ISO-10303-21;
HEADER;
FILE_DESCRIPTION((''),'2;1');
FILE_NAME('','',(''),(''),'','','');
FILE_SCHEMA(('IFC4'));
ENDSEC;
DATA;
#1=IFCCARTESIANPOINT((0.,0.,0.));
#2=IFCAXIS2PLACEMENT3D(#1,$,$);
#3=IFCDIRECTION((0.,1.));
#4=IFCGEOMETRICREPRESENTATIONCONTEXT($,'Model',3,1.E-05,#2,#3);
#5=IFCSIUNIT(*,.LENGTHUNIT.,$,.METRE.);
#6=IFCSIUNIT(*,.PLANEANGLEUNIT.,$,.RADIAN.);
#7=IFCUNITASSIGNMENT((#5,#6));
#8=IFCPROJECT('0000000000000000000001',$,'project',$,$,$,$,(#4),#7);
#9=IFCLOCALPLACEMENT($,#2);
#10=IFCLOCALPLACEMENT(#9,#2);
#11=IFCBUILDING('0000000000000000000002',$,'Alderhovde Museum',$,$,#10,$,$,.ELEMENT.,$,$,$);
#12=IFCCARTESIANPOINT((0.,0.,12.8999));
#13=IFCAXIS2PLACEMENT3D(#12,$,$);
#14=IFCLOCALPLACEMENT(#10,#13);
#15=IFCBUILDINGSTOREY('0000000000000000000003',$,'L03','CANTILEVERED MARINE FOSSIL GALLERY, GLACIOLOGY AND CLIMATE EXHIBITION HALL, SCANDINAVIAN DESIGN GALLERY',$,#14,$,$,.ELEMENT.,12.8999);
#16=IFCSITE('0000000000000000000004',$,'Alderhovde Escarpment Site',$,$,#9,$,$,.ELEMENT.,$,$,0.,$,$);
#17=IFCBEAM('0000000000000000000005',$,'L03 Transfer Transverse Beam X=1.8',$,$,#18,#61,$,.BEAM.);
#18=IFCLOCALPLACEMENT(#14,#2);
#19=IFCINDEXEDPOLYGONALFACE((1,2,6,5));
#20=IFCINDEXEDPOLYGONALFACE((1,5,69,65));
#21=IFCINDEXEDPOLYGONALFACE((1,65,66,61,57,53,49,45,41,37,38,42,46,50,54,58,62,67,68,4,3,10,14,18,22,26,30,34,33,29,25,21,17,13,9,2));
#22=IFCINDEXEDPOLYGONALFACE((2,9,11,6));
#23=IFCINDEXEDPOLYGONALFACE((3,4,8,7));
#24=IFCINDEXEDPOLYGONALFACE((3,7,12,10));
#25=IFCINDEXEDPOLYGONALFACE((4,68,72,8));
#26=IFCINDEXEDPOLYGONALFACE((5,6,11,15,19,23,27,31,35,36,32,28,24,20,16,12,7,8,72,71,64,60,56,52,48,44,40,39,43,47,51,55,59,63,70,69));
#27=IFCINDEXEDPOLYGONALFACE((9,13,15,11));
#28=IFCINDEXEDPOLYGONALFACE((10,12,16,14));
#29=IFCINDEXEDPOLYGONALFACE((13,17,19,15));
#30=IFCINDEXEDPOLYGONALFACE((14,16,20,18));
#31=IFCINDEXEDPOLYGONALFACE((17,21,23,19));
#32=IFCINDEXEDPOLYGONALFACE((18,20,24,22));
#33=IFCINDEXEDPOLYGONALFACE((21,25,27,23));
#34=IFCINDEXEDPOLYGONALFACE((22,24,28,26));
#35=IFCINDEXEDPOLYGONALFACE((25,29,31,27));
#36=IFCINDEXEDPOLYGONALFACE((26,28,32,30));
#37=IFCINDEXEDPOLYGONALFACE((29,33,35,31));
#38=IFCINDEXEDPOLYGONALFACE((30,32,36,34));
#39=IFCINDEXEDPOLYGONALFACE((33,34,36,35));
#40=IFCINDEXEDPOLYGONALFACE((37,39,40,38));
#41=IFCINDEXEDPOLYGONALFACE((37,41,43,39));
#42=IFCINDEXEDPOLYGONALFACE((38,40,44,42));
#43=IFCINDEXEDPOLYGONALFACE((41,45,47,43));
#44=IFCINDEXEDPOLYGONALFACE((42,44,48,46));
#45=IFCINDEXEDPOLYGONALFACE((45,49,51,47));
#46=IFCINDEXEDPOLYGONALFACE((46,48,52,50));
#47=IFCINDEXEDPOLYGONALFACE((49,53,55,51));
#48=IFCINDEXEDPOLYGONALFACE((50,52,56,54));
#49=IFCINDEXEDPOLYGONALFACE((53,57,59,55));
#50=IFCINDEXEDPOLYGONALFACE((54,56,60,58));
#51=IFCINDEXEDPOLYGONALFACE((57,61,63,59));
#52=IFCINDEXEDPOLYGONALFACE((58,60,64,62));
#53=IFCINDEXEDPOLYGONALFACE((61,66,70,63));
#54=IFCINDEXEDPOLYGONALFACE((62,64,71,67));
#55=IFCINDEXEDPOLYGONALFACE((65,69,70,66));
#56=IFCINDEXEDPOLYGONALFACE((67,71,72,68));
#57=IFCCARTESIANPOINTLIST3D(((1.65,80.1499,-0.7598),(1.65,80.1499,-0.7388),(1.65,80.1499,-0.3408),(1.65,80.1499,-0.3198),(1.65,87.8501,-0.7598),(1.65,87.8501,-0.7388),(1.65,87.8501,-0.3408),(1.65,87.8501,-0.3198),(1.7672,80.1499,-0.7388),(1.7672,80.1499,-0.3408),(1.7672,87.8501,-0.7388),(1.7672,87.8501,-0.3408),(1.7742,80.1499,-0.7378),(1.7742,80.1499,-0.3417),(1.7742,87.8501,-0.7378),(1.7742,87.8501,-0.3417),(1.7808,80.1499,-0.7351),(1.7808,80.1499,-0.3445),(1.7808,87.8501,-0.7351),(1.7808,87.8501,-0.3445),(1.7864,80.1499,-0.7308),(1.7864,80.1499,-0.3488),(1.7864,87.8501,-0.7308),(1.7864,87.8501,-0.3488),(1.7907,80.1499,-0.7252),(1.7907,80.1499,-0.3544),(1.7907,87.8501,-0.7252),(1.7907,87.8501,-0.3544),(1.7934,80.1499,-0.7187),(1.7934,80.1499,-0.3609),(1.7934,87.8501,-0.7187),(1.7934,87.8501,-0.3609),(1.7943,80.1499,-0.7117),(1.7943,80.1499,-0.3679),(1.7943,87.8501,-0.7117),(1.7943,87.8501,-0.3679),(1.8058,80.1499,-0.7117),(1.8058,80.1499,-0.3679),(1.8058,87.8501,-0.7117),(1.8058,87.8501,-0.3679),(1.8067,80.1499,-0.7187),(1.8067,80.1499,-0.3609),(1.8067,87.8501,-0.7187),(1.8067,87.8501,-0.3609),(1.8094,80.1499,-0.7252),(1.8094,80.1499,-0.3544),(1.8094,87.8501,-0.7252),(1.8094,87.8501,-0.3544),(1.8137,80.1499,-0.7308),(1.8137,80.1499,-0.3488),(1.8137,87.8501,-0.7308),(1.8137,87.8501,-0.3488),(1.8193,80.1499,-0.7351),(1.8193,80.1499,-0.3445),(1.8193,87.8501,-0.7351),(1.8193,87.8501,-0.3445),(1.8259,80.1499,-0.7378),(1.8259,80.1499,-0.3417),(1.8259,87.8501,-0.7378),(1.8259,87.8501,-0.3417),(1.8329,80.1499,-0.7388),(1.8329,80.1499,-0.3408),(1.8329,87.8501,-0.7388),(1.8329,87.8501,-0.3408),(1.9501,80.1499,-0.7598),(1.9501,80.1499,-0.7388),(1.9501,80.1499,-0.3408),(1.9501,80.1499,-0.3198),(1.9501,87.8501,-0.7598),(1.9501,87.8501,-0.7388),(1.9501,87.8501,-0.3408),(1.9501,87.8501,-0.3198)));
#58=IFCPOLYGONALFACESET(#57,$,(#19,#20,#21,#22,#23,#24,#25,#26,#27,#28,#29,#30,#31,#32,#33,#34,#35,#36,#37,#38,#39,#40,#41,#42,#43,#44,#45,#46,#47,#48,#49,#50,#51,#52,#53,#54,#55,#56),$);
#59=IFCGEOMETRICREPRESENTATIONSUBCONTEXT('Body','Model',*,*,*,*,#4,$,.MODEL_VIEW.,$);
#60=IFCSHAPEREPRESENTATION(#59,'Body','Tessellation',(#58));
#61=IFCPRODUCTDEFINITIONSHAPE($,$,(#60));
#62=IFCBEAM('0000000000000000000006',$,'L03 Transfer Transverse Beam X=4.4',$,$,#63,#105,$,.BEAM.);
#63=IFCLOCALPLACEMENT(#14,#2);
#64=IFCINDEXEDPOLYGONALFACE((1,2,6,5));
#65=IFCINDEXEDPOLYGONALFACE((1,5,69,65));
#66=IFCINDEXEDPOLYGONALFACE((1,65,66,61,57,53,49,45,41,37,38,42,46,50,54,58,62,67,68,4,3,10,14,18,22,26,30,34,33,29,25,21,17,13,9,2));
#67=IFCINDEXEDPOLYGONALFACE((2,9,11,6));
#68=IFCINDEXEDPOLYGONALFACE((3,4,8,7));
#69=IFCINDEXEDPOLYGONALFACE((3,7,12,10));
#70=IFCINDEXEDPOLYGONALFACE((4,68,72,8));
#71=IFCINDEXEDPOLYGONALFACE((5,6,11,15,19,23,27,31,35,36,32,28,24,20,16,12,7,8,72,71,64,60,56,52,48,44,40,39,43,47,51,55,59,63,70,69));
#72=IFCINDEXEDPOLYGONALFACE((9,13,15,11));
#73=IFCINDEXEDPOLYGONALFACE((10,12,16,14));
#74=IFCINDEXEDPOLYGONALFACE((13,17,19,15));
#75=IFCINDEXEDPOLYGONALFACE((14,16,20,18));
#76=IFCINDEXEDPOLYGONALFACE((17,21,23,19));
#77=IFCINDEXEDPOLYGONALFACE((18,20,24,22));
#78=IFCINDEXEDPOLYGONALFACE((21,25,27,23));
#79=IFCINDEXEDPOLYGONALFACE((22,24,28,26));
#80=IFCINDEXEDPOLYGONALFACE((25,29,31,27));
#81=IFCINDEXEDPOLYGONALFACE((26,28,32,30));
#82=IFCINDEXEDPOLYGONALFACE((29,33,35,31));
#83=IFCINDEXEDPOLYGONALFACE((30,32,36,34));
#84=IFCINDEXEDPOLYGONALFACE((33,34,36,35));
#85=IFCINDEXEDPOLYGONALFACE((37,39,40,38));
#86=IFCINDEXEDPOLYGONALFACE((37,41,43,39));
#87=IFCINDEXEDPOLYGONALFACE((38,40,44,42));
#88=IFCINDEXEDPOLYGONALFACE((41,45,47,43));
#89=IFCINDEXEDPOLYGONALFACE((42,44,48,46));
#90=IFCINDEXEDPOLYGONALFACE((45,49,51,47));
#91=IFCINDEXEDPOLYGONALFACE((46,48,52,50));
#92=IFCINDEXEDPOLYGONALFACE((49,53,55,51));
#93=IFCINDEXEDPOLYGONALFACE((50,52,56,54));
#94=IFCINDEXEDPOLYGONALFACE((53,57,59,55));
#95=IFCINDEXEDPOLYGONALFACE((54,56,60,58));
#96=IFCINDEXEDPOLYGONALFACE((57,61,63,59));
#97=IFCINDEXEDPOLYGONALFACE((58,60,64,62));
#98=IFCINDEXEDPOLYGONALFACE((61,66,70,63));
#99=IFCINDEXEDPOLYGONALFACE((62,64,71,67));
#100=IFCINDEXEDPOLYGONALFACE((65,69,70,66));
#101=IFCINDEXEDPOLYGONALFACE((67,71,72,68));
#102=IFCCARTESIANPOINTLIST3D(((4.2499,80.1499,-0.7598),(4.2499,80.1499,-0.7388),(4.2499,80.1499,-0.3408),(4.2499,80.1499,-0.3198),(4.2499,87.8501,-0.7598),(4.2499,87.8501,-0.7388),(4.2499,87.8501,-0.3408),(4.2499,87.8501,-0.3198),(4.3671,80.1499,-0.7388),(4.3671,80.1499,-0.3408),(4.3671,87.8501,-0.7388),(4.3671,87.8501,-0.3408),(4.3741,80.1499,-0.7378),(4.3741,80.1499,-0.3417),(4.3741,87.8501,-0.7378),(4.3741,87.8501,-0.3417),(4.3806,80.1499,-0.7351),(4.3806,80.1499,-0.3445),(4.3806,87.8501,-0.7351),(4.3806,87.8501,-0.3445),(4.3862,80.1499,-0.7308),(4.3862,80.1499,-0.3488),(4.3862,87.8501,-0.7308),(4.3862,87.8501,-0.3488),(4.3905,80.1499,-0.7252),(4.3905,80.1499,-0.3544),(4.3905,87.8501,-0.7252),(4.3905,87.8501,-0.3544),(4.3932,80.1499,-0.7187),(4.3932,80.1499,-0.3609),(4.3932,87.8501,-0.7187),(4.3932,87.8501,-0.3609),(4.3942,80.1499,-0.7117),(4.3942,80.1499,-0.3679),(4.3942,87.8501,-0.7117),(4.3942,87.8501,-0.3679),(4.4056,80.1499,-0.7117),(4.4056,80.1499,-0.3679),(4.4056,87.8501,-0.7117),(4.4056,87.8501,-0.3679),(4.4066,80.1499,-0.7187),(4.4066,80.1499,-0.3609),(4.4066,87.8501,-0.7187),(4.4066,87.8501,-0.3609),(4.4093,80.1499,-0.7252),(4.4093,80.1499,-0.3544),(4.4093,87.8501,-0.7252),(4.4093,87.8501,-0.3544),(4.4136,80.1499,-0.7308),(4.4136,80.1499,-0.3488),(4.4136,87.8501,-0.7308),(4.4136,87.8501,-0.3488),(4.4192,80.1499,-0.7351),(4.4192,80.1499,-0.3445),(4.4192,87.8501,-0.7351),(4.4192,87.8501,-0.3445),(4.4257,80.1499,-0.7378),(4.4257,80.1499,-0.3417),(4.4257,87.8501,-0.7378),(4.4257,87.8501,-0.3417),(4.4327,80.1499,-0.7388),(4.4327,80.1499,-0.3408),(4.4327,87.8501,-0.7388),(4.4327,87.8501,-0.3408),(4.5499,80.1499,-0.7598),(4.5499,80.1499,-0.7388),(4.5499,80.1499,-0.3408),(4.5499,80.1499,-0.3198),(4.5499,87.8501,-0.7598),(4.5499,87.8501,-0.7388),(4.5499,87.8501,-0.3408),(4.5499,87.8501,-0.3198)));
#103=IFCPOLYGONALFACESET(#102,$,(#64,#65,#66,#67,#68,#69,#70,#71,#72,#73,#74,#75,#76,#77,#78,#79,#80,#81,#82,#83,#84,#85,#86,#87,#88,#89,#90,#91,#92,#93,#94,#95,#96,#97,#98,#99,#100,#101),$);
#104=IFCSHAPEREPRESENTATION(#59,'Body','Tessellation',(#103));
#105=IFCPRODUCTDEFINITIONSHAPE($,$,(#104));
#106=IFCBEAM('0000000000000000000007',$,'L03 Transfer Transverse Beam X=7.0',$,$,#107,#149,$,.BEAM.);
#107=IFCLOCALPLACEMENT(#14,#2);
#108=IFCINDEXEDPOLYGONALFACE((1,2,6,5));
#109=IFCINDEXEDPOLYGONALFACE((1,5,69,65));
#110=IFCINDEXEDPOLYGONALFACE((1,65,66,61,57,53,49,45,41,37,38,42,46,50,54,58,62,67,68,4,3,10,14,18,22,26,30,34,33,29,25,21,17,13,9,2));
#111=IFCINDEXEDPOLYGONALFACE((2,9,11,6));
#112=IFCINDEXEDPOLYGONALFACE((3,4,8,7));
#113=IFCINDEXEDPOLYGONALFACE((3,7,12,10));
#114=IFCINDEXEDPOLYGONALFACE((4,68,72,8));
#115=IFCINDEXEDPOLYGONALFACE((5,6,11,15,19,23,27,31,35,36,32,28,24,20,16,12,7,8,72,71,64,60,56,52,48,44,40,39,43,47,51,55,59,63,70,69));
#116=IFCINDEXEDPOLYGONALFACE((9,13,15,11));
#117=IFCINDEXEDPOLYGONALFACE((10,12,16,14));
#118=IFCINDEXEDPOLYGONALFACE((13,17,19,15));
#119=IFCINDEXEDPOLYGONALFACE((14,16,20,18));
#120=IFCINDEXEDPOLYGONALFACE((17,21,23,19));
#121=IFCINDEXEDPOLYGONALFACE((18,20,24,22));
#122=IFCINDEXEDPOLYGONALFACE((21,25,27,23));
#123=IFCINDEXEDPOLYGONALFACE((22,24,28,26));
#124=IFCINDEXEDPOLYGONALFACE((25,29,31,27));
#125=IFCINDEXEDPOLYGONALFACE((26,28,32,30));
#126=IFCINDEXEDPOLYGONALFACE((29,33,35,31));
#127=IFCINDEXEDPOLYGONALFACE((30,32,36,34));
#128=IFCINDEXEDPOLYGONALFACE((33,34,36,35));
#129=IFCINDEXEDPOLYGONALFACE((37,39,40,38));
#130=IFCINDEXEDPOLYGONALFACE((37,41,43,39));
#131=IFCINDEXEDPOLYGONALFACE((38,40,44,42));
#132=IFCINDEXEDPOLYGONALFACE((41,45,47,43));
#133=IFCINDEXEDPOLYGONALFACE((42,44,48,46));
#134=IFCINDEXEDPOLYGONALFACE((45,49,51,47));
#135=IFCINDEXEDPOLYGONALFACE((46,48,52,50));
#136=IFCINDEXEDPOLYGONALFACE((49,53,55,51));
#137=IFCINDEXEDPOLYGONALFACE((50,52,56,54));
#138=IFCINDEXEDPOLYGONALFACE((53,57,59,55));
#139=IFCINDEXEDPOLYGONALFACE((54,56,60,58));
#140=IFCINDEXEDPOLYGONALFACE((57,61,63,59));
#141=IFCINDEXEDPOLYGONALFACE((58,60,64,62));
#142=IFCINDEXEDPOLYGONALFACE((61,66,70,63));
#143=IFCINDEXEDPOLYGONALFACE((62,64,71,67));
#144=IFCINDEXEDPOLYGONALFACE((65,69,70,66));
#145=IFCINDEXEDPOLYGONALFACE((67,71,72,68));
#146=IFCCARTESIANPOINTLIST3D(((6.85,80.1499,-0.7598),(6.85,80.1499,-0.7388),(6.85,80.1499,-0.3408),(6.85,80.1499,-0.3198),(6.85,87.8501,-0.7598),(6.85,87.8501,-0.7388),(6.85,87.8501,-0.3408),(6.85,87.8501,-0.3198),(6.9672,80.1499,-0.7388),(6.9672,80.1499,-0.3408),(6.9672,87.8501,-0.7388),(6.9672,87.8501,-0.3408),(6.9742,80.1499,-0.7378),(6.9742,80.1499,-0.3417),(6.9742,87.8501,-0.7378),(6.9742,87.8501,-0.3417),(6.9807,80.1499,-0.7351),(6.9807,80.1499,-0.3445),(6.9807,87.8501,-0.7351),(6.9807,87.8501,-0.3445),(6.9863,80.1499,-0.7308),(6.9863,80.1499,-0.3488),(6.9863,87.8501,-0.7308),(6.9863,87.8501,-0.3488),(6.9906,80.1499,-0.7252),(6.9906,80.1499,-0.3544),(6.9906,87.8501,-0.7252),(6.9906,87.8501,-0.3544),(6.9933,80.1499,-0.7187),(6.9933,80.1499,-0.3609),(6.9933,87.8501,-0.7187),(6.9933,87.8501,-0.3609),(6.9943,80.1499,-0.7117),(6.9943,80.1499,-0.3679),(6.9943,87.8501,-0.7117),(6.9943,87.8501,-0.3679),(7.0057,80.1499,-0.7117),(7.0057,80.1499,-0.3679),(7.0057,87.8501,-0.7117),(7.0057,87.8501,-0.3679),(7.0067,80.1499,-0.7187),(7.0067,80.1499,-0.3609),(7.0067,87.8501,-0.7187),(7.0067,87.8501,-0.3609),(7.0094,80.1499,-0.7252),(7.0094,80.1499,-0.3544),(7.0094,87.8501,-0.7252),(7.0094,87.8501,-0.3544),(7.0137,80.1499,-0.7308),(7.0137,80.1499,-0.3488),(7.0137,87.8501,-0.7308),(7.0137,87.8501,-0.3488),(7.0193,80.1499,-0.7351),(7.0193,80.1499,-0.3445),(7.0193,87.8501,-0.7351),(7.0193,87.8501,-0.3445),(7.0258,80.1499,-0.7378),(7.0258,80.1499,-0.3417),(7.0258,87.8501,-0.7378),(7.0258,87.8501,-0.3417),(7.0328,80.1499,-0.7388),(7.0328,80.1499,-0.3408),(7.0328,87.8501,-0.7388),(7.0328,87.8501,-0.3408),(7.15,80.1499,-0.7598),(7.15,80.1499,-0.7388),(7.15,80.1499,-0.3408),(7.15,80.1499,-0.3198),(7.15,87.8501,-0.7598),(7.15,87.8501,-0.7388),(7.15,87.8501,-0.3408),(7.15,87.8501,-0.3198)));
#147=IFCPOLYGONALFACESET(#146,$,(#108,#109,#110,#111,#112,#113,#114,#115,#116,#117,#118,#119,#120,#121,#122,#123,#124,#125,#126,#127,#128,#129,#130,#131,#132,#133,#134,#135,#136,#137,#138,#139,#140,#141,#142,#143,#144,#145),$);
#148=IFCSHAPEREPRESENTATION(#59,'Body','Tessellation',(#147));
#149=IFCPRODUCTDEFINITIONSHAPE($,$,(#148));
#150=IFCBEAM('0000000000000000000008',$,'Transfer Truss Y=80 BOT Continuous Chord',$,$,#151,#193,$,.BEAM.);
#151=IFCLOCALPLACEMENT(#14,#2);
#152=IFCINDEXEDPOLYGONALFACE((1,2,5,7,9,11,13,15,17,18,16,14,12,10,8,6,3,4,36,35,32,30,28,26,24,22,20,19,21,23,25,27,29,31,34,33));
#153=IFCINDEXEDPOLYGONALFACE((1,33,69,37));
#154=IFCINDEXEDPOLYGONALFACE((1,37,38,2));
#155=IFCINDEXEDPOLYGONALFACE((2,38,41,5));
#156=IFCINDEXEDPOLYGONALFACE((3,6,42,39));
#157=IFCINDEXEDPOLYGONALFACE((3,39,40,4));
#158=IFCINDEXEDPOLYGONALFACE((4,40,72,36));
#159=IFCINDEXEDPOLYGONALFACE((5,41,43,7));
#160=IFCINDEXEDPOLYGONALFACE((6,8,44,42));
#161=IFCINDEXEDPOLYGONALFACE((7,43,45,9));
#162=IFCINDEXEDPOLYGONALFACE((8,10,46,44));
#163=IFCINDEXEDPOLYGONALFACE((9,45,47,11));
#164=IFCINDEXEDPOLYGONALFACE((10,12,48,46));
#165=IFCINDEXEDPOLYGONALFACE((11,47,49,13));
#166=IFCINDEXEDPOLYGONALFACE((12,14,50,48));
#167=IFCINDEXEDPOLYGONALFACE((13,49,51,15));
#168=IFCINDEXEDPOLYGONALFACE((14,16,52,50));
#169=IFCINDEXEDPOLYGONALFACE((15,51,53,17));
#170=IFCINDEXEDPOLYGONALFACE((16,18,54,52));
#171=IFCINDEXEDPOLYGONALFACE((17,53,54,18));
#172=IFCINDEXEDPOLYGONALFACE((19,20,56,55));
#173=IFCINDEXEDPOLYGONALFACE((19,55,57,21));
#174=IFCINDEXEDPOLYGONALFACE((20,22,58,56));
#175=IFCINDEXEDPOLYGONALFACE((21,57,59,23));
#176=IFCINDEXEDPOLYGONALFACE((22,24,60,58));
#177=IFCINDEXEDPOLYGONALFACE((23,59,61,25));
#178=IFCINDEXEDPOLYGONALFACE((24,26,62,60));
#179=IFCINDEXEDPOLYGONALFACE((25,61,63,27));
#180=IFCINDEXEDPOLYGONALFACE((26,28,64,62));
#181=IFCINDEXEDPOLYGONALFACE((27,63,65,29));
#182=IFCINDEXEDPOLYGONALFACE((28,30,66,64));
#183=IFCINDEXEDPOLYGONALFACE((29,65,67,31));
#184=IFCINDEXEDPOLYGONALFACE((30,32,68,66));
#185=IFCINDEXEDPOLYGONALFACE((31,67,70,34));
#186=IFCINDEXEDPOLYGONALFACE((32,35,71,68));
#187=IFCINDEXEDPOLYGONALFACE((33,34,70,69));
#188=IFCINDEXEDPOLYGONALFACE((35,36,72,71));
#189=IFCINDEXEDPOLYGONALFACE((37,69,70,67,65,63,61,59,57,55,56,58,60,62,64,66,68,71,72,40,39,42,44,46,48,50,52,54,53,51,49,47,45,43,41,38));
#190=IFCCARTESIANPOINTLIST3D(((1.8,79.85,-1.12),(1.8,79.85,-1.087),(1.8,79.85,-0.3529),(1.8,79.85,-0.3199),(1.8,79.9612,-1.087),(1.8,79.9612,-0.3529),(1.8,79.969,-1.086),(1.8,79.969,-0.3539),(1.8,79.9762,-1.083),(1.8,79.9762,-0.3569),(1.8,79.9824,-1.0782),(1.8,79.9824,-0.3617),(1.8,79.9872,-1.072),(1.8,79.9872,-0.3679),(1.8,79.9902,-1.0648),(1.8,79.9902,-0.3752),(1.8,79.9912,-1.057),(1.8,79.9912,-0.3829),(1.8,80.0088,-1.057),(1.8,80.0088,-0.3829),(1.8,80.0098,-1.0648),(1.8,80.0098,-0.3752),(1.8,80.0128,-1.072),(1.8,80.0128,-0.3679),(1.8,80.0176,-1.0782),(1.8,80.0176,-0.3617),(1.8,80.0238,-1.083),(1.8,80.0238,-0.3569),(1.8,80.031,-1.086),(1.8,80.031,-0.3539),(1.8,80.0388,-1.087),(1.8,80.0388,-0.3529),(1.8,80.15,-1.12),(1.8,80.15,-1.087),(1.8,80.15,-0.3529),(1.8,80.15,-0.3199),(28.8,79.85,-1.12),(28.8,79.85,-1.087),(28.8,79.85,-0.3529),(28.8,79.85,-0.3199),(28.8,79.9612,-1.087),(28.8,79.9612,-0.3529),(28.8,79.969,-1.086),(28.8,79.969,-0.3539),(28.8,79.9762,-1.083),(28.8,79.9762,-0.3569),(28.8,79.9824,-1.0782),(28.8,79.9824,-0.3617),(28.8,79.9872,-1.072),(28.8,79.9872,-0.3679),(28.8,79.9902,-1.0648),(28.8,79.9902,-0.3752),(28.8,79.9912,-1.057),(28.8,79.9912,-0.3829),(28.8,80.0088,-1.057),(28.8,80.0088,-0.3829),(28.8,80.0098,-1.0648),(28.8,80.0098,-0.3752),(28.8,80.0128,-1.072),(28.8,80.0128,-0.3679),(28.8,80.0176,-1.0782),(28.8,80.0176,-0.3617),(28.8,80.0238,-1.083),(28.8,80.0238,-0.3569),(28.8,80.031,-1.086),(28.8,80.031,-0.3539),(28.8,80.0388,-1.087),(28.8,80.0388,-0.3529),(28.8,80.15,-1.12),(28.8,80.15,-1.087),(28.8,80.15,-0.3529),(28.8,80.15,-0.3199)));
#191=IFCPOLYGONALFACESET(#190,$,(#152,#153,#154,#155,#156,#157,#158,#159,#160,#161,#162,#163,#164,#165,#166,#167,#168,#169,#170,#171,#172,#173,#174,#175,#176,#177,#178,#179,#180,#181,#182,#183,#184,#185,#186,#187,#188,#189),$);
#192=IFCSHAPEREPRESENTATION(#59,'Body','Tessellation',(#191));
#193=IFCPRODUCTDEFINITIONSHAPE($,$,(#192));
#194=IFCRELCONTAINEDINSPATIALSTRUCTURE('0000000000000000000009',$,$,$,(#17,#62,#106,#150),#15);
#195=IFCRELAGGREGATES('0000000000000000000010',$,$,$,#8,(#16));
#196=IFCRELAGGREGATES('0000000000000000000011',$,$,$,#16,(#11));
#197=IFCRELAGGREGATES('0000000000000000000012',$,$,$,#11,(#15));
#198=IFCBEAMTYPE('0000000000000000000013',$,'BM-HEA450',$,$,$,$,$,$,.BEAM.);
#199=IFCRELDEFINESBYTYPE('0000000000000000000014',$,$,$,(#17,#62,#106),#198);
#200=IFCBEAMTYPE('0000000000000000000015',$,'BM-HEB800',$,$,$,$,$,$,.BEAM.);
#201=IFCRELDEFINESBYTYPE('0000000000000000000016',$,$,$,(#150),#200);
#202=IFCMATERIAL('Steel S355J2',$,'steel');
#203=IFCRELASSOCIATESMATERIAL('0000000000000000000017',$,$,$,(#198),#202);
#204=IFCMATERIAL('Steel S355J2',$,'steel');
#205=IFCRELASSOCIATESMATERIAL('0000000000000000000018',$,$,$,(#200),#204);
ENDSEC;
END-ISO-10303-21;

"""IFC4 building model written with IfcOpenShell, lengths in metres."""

from ifc_helpers import new_model, si_unit, direction, frame, origin, origin_2d, place, context, subcontext, project, spatial, i_section, extrude, material, material_profile, profile_set, type_object, element, save


model = new_model("IFC4")

# Units and contexts
model_context = context("Model", 3, precision=1e-05, world=origin(), true_north=direction((0.0, 1.0)))
body_context = subcontext(model_context, "Body", "Model", "MODEL_VIEW")
ifc_project = project(units=[si_unit("LENGTHUNIT", "METRE"), si_unit("PLANEANGLEUNIT", "RADIAN")], contexts=[model_context])

# Site, building, storey
site_placement = place(None, origin())
site = spatial("IfcSite", under=ifc_project, at=site_placement, Name="Alderhovde Escarpment Site", CompositionType="ELEMENT", RefElevation=0.0)
building_placement = place(site_placement, origin())
building = spatial("IfcBuilding", under=site, at=building_placement, Name="Alderhovde Museum", CompositionType="ELEMENT")
storey_placement = place(building_placement, frame((0.0, 0.0, 12.8999)))
storey = spatial("IfcBuildingStorey", under=building, at=storey_placement, Name="L03", Description="CANTILEVERED MARINE FOSSIL GALLERY, GLACIOLOGY AND CLIMATE EXHIBITION HALL, SCANDINAVIAN DESIGN GALLERY", CompositionType="ELEMENT", Elevation=12.8999)

# Beams
ifc_material_1 = material(Name="Steel S355J2", Category="steel")
ifc_material_profile_1 = material_profile(ifc_material_1, i_section(OverallWidth=0.3, OverallDepth=0.4399, WebThickness=0.0115, FlangeThickness=0.021, FilletRadius=0.0271, at=origin_2d()), Name="HEA 450")
ifc_profile_set_1 = profile_set([ifc_material_profile_1], Name="Steel S355J2")
beam_type_1 = type_object("IfcBeamType", Name="BM-HEA450", PredefinedType="BEAM", material=ifc_profile_set_1)
for number, where, z_axis, x_axis, name in (
    (1, (1.8, 80.1499, -0.5398), (0.0, 1.0, 0.0), (-1.0, 0.0, 0.0), "L03 Transfer Transverse Beam X=1.8"),
    (2, (4.3999, 80.1499, -0.5398), (0.0, 1.0, 0.0), (-1.0, 0.0, 0.0), "L03 Transfer Transverse Beam X=4.4"),
    (3, (7.0, 80.1499, -0.5398), (0.0, 1.0, 0.0), (-1.0, 0.0, 0.0), "L03 Transfer Transverse Beam X=7.0"),
):
    element("IfcBeam", number, at=place(storey_placement, frame(where, z_axis=z_axis, x_axis=x_axis)), inside=storey, type_object=beam_type_1, Name=name, PredefinedType="BEAM", context=body_context, shape_type="SweptSolid", body=[
        extrude(i_section(OverallWidth=0.3, OverallDepth=0.4399, WebThickness=0.0115, FlangeThickness=0.021, FilletRadius=0.0271, at=origin_2d()), origin(), (0.0, 0.0, 1.0), 7.7002),
    ])
ifc_material_2 = material(Name="Steel S355J2", Category="steel")
ifc_material_profile_2 = material_profile(ifc_material_2, i_section(OverallWidth=0.3, OverallDepth=0.8, WebThickness=0.0176, FlangeThickness=0.033, FilletRadius=0.03, at=origin_2d()), Name="HEB 800")
ifc_profile_set_2 = profile_set([ifc_material_profile_2], Name="Steel S355J2")
beam_type_2 = type_object("IfcBeamType", Name="BM-HEB800", PredefinedType="BEAM", material=ifc_profile_set_2)
beam_placement = place(storey_placement, frame((1.8, 80.0, -0.72), z_axis=(1.0, 0.0, 0.0), x_axis=(0.0, 1.0, 0.0)))
element("IfcBeam", 4, at=beam_placement, inside=storey, type_object=beam_type_2, Name="Transfer Truss Y=80 BOT Continuous Chord", PredefinedType="BEAM", context=body_context, shape_type="SweptSolid", body=[
    extrude(i_section(OverallWidth=0.3, OverallDepth=0.8, WebThickness=0.0176, FlangeThickness=0.033, FilletRadius=0.03, at=origin_2d()), origin(), (0.0, 0.0, 1.0), 27.0),
])

save(model, "model.ifc")
